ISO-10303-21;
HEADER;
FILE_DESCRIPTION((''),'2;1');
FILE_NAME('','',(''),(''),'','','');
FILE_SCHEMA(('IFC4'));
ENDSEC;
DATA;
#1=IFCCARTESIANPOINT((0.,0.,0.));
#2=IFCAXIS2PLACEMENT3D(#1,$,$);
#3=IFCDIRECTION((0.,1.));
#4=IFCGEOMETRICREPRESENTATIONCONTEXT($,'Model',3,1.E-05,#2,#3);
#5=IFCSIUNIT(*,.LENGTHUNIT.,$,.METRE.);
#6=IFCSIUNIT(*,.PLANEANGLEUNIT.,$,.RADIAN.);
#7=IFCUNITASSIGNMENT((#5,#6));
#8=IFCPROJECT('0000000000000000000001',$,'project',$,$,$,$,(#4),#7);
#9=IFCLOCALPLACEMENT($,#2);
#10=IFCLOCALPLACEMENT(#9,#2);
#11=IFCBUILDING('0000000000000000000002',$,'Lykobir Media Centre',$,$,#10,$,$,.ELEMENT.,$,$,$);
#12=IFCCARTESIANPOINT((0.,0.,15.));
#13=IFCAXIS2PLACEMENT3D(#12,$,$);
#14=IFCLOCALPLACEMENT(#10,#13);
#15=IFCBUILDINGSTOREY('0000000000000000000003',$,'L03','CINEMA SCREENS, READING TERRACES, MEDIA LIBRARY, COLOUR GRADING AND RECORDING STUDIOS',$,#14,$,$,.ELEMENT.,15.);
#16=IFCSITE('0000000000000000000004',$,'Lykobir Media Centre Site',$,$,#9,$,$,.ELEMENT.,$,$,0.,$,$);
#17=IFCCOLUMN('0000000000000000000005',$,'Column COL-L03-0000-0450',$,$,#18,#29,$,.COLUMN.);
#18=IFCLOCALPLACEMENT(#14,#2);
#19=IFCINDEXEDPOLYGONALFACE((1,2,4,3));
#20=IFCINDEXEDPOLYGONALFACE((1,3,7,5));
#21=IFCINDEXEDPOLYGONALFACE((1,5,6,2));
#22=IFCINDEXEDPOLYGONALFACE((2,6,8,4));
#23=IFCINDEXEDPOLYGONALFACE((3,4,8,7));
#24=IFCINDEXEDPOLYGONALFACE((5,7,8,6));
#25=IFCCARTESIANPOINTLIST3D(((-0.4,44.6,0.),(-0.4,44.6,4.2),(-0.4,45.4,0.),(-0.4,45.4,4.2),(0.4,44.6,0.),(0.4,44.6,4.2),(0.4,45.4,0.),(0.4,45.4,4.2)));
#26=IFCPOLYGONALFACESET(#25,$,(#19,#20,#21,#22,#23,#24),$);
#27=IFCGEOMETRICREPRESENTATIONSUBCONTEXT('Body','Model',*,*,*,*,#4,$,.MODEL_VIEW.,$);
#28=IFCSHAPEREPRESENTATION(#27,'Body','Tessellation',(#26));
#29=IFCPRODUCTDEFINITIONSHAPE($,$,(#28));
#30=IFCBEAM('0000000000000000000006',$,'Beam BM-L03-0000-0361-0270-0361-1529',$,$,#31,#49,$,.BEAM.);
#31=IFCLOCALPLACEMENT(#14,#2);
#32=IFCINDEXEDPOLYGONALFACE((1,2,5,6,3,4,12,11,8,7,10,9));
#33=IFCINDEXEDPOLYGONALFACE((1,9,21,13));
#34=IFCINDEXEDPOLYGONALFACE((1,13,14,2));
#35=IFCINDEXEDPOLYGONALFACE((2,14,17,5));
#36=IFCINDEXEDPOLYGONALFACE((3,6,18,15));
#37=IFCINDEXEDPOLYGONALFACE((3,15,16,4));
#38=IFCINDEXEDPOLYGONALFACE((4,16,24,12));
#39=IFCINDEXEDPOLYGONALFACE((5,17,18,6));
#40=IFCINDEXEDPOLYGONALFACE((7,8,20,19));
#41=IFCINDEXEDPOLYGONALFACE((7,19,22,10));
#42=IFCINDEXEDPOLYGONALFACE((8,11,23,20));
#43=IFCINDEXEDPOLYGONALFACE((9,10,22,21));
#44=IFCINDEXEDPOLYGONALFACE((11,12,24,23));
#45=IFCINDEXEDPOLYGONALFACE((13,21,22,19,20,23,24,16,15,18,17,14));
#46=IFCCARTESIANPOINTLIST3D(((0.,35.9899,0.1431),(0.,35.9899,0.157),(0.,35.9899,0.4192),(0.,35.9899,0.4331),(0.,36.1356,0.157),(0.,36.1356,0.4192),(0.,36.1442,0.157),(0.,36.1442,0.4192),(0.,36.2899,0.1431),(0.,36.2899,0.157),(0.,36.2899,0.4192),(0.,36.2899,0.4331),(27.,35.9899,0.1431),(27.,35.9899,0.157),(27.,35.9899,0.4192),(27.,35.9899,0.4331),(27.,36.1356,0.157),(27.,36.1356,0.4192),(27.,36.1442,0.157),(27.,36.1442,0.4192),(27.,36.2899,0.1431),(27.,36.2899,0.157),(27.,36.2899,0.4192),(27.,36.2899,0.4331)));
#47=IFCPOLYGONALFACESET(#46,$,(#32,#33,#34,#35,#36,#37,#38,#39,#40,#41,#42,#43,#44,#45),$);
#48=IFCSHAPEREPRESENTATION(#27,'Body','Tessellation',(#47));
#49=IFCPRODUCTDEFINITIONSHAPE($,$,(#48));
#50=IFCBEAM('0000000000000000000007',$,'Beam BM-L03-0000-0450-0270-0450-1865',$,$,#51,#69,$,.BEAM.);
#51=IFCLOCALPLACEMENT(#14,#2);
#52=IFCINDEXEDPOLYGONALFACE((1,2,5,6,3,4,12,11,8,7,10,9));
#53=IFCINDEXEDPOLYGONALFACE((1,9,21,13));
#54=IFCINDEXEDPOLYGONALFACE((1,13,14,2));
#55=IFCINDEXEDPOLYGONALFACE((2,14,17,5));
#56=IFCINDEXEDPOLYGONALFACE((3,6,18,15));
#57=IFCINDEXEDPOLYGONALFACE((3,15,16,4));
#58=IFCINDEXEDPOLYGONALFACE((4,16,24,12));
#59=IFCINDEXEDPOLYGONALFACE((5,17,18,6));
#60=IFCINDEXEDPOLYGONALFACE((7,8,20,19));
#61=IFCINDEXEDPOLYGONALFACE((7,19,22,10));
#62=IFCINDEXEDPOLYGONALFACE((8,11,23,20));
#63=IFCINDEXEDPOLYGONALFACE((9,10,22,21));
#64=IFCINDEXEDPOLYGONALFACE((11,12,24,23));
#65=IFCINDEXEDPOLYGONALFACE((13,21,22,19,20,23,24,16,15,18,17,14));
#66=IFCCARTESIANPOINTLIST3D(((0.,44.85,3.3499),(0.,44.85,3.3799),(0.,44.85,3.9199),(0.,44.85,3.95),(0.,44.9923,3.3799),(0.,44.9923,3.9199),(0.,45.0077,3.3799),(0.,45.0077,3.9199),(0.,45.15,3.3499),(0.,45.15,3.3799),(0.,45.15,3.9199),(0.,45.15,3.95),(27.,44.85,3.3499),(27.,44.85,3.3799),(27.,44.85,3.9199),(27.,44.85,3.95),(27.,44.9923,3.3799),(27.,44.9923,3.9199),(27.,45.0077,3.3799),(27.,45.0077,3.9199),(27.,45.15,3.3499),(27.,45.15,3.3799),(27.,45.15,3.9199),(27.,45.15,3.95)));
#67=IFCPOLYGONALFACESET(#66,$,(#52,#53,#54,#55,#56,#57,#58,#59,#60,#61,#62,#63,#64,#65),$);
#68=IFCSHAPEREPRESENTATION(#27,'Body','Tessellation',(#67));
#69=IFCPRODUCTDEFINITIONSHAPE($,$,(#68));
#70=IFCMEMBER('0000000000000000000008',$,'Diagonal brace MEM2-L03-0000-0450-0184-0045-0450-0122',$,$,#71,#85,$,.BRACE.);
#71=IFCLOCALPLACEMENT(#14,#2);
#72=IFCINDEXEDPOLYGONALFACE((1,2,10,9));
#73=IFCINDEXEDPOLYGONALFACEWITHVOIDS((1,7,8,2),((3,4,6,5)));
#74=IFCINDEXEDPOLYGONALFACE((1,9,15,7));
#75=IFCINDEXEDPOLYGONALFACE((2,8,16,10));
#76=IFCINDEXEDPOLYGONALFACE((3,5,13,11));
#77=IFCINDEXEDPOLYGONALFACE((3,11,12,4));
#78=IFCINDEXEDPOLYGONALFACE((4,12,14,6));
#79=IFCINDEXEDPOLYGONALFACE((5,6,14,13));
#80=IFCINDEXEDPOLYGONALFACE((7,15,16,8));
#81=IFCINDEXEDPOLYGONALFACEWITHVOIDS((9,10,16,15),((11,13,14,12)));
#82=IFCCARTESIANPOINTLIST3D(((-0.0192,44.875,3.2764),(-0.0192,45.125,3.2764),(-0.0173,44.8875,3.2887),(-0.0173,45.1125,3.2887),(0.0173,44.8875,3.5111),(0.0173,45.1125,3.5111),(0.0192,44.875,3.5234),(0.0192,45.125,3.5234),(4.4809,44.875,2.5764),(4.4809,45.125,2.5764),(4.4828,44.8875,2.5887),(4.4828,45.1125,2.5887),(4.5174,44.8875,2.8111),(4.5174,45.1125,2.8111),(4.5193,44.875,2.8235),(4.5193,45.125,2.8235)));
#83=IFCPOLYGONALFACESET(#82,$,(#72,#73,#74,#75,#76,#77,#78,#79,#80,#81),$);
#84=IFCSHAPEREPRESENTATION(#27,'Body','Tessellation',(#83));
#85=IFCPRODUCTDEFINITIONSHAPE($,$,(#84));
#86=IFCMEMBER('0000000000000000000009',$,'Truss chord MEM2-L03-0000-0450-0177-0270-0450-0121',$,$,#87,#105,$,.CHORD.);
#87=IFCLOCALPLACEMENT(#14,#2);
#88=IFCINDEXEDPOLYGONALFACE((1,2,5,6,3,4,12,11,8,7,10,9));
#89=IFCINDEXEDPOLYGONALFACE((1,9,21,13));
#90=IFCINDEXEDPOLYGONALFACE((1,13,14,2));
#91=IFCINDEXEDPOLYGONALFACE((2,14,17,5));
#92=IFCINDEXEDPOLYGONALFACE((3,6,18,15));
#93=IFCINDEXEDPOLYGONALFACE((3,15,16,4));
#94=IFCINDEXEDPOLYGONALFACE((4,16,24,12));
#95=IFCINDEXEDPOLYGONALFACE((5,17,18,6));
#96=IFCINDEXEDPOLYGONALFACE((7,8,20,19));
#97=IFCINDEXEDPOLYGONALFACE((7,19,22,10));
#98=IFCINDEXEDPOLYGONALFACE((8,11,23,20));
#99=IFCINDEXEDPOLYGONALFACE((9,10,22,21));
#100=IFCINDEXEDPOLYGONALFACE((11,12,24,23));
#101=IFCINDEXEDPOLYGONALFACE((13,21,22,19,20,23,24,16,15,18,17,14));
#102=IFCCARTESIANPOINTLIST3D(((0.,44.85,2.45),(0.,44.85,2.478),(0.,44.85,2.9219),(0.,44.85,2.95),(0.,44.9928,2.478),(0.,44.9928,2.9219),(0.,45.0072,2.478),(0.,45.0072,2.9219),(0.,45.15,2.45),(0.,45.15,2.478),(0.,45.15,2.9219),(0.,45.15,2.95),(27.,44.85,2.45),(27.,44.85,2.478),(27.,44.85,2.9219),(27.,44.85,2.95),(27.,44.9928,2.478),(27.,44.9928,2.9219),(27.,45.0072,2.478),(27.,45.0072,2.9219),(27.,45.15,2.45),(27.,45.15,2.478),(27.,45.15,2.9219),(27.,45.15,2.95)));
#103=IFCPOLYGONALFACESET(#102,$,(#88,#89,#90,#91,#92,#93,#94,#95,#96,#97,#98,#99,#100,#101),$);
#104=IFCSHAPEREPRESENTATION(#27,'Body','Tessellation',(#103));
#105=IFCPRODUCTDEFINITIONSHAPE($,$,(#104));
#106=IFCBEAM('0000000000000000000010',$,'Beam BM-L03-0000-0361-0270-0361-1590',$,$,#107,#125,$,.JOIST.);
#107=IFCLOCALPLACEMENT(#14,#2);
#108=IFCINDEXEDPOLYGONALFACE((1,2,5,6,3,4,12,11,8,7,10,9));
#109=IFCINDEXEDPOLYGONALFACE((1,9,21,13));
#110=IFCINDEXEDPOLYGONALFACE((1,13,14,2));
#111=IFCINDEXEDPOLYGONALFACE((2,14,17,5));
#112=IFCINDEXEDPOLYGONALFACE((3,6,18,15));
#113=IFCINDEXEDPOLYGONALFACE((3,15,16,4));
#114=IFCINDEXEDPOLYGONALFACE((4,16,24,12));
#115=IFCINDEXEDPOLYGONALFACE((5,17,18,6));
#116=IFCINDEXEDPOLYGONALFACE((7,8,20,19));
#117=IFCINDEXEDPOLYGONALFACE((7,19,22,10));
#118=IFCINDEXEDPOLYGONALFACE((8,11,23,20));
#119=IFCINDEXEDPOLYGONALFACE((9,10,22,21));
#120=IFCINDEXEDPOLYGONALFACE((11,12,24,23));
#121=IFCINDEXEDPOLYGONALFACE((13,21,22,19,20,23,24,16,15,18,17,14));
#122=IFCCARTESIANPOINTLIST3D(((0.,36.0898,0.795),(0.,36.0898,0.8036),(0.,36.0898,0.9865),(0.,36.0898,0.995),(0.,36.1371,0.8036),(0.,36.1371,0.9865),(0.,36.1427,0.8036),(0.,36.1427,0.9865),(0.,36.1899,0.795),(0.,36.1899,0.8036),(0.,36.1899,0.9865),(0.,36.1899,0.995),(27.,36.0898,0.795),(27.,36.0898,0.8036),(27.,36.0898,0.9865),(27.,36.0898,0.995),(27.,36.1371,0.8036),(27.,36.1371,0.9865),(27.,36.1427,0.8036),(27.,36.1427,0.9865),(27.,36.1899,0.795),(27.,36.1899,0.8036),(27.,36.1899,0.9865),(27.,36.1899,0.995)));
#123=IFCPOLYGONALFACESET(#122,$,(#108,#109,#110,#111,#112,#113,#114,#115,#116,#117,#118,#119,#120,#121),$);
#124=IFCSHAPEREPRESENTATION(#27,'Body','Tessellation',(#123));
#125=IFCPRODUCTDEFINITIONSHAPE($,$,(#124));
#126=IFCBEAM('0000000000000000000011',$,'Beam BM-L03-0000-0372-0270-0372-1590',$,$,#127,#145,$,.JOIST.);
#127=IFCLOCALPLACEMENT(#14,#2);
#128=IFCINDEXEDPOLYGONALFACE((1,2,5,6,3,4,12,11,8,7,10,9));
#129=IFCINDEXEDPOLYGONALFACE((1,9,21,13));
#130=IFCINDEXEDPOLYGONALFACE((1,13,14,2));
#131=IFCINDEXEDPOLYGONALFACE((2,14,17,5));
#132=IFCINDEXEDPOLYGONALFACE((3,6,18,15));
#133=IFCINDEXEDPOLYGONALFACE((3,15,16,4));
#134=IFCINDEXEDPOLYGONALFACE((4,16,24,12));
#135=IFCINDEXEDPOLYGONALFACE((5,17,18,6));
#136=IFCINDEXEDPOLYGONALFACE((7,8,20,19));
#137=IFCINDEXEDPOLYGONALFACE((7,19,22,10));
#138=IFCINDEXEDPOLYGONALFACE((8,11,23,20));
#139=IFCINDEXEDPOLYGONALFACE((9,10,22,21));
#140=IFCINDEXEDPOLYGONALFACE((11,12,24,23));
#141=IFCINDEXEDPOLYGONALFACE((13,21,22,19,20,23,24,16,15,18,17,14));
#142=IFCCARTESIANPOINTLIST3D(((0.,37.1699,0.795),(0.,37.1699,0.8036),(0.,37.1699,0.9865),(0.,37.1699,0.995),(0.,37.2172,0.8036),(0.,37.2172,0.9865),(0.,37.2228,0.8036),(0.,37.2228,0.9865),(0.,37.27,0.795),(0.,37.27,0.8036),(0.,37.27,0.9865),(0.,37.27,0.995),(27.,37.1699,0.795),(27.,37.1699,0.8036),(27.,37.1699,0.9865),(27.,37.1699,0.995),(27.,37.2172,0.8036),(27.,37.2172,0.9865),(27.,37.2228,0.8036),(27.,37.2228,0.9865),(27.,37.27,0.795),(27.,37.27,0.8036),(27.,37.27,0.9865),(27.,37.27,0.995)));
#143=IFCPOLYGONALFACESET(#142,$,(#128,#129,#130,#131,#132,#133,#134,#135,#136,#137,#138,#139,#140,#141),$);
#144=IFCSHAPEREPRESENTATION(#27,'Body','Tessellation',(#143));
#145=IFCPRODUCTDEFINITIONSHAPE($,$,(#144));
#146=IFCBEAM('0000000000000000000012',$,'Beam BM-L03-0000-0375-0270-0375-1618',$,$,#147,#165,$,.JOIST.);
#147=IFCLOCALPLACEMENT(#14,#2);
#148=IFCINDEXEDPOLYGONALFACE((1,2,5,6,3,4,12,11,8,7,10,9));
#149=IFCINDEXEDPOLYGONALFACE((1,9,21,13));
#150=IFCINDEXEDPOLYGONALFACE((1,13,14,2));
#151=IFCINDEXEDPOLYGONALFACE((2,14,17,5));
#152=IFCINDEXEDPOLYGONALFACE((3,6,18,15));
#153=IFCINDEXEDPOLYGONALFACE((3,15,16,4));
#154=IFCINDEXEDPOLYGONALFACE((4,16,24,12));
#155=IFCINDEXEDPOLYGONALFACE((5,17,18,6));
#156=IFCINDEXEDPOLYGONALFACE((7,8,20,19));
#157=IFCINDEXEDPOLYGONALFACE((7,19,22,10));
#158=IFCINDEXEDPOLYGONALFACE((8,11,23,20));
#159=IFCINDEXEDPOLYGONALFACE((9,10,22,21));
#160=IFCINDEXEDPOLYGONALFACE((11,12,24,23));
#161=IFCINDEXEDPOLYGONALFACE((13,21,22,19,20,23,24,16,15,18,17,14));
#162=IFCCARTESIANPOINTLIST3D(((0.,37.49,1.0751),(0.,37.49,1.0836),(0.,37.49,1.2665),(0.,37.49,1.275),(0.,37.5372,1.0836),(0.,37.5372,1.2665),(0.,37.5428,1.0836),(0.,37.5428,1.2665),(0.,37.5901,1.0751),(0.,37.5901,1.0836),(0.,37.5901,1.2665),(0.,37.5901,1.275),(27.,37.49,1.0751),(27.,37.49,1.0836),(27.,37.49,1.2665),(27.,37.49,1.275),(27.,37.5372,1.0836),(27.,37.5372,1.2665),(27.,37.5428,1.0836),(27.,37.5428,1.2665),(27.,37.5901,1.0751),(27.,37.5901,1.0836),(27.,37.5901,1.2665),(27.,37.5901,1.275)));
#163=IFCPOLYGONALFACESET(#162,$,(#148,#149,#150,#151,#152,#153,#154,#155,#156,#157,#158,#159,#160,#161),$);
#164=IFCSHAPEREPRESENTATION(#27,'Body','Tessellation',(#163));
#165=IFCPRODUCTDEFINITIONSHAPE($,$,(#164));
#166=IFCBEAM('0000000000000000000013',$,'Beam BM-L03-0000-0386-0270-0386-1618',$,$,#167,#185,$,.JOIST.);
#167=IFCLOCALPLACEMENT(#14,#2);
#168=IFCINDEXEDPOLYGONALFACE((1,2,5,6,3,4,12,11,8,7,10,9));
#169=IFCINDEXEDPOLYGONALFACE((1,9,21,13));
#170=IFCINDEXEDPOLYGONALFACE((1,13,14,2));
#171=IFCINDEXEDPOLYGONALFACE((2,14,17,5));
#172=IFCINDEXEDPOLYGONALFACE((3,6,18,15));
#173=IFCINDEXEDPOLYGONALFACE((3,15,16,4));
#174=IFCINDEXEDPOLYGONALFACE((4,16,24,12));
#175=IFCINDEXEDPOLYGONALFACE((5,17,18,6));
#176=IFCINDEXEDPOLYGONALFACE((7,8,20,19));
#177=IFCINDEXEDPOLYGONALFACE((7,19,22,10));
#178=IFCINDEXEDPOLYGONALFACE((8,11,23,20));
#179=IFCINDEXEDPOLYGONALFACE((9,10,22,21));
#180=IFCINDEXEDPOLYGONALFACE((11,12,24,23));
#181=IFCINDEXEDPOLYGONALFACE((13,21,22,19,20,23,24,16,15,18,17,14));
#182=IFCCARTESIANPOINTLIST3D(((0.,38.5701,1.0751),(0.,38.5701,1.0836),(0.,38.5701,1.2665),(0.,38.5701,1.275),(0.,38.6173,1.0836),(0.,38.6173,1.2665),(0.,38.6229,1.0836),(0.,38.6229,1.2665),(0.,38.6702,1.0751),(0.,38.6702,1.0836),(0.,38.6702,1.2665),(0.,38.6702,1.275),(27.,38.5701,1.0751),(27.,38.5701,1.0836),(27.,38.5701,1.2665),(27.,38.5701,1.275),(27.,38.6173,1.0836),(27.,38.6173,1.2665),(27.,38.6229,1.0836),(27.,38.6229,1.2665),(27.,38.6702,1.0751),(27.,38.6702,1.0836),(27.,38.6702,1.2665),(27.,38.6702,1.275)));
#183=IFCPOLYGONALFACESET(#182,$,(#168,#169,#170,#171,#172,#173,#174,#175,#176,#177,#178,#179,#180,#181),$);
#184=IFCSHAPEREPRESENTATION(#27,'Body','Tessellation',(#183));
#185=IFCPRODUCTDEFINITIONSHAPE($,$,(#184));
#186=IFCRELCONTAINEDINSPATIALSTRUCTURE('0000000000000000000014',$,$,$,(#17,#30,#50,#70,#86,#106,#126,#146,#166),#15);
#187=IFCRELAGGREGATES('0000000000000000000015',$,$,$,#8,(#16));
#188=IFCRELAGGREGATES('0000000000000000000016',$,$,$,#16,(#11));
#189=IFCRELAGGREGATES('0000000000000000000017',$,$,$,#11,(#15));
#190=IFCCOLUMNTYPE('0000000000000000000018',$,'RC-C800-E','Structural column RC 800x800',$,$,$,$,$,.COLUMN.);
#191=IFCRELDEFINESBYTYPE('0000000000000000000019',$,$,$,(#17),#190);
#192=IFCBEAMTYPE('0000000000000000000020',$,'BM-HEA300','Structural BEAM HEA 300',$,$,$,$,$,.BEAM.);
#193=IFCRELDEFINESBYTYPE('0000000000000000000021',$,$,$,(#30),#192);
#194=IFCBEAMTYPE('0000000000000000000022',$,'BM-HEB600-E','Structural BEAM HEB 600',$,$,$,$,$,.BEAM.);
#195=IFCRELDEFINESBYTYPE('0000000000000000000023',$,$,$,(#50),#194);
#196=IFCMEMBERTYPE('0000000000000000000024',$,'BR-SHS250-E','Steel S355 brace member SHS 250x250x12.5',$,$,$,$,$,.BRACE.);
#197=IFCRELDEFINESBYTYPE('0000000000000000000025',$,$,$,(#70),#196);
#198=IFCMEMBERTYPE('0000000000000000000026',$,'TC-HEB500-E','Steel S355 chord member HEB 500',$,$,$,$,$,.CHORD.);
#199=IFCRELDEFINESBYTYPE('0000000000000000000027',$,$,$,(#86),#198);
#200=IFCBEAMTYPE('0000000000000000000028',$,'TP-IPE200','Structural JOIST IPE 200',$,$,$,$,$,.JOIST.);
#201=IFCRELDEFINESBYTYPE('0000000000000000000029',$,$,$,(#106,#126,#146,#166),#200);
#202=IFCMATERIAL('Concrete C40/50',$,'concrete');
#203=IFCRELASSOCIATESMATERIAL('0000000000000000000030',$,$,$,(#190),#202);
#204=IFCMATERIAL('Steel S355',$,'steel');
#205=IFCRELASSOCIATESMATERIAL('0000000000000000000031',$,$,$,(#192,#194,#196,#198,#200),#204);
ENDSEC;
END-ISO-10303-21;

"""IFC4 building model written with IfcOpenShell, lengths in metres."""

from ifc_helpers import new_model, si_unit, direction, frame, origin, origin_2d, place, context, subcontext, project, spatial, rectangle, hollow_rectangle, i_section, extrude, material, material_profile, profile_set, type_object, element, save


model = new_model("IFC4")

# Units and contexts
model_context = context("Model", 3, precision=1e-05, world=origin(), true_north=direction((0.0, 1.0)))
body_context = subcontext(model_context, "Body", "Model", "MODEL_VIEW")
ifc_project = project(units=[si_unit("LENGTHUNIT", "METRE"), si_unit("PLANEANGLEUNIT", "RADIAN")], contexts=[model_context])

# Site, building, storey
site_placement = place(None, origin())
site = spatial("IfcSite", under=ifc_project, at=site_placement, Name="Lykobir Media Centre Site", CompositionType="ELEMENT", RefElevation=0.0)
building_placement = place(site_placement, origin())
building = spatial("IfcBuilding", under=site, at=building_placement, Name="Lykobir Media Centre", CompositionType="ELEMENT")
storey_placement = place(building_placement, frame((0.0, 0.0, 15.0)))
storey = spatial("IfcBuildingStorey", under=building, at=storey_placement, Name="L03", Description="CINEMA SCREENS, READING TERRACES, MEDIA LIBRARY, COLOUR GRADING AND RECORDING STUDIOS", CompositionType="ELEMENT", Elevation=15.0)

# Column
ifc_material_1 = material(Name="Concrete C40/50", Category="concrete")
ifc_material_profile_1 = material_profile(ifc_material_1, rectangle(XDim=0.8, YDim=0.8, at=origin_2d()), Name="RC 800x800")
ifc_profile_set_1 = profile_set([ifc_material_profile_1], Name="Concrete C40/50")
column_type = type_object("IfcColumnType", Name="RC-C800-E", Description="Structural column RC 800x800", PredefinedType="COLUMN", material=ifc_profile_set_1)
column_placement = place(storey_placement, frame((0.0, 45.0, 0.0), z_axis=(0.0, 0.0, 1.0), x_axis=(1.0, 0.0, 0.0)))
element("IfcColumn", 1, at=column_placement, inside=storey, type_object=column_type, Name="Column COL-L03-0000-0450", PredefinedType="COLUMN", context=body_context, shape_type="SweptSolid", body=[
    extrude(rectangle(XDim=0.8, YDim=0.8, at=origin_2d()), origin(), (0.0, 0.0, 1.0), 4.2),
])

# Beams
ifc_material_2 = material(Name="Steel S355", Category="steel")
ifc_material_profile_2 = material_profile(ifc_material_2, i_section(OverallWidth=0.3, OverallDepth=0.29, WebThickness=0.0085, FlangeThickness=0.0139, at=origin_2d()), Name="HEA 300")
ifc_profile_set_2 = profile_set([ifc_material_profile_2], Name="Steel S355")
beam_type_1 = type_object("IfcBeamType", Name="BM-HEA300", Description="Structural BEAM HEA 300", PredefinedType="BEAM", material=ifc_profile_set_2)
beam_1_placement = place(storey_placement, frame((0.0, 36.1399, 0.2881), z_axis=(1.0, 0.0, 0.0), x_axis=(0.0, 1.0, 0.0)))
element("IfcBeam", 2, at=beam_1_placement, inside=storey, type_object=beam_type_1, Name="Beam BM-L03-0000-0361-0270-0361-1529", PredefinedType="BEAM", context=body_context, shape_type="SweptSolid", body=[
    extrude(i_section(OverallWidth=0.3, OverallDepth=0.29, WebThickness=0.0085, FlangeThickness=0.0139, at=origin_2d()), origin(), (0.0, 0.0, 1.0), 27.0),
])
ifc_material_profile_3 = material_profile(ifc_material_2, i_section(OverallWidth=0.3, OverallDepth=0.6001, WebThickness=0.0154, FlangeThickness=0.03, at=origin_2d()), Name="HEB 600")
ifc_profile_set_3 = profile_set([ifc_material_profile_3], Name="Steel S355")
beam_type_2 = type_object("IfcBeamType", Name="BM-HEB600-E", Description="Structural BEAM HEB 600", PredefinedType="BEAM", material=ifc_profile_set_3)
beam_2_placement = place(storey_placement, frame((0.0, 45.0, 3.6499), z_axis=(1.0, 0.0, 0.0), x_axis=(0.0, 1.0, 0.0)))
element("IfcBeam", 3, at=beam_2_placement, inside=storey, type_object=beam_type_2, Name="Beam BM-L03-0000-0450-0270-0450-1865", PredefinedType="BEAM", context=body_context, shape_type="SweptSolid", body=[
    extrude(i_section(OverallWidth=0.3, OverallDepth=0.6001, WebThickness=0.0154, FlangeThickness=0.03, at=origin_2d()), origin(), (0.0, 0.0, 1.0), 27.0),
])

# Members
ifc_material_profile_4 = material_profile(ifc_material_2, hollow_rectangle(XDim=0.25, YDim=0.25, WallThickness=0.0125, at=origin_2d()), Name="SHS 250x250x12.5")
ifc_profile_set_4 = profile_set([ifc_material_profile_4], Name="Steel S355")
member_type_1 = type_object("IfcMemberType", Name="BR-SHS250-E", Description="Steel S355 brace member SHS 250x250x12.5", PredefinedType="BRACE", material=ifc_profile_set_4)
member_1_placement = place(storey_placement, frame((0.0, 45.0, 3.3999), z_axis=(0.988118, 0.0, -0.153697), x_axis=(0.0, 1.0, 0.0)))
element("IfcMember", 4, at=member_1_placement, inside=storey, type_object=member_type_1, Name="Diagonal brace MEM2-L03-0000-0450-0184-0045-0450-0122", PredefinedType="BRACE", context=body_context, shape_type="SweptSolid", body=[
    extrude(hollow_rectangle(XDim=0.25, YDim=0.25, WallThickness=0.0125, at=origin_2d()), origin(), (0.0, 0.0, 1.0), 4.5542),
])
ifc_material_profile_5 = material_profile(ifc_material_2, i_section(OverallWidth=0.3, OverallDepth=0.5, WebThickness=0.0144, FlangeThickness=0.0281, at=origin_2d()), Name="HEB 500")
ifc_profile_set_5 = profile_set([ifc_material_profile_5], Name="Steel S355")
member_type_2 = type_object("IfcMemberType", Name="TC-HEB500-E", Description="Steel S355 chord member HEB 500", PredefinedType="CHORD", material=ifc_profile_set_5)
member_2_placement = place(storey_placement, frame((0.0, 45.0, 2.7), z_axis=(1.0, 0.0, 0.0), x_axis=(0.0, 1.0, 0.0)))
element("IfcMember", 5, at=member_2_placement, inside=storey, type_object=member_type_2, Name="Truss chord MEM2-L03-0000-0450-0177-0270-0450-0121", PredefinedType="CHORD", context=body_context, shape_type="SweptSolid", body=[
    extrude(i_section(OverallWidth=0.3, OverallDepth=0.5, WebThickness=0.0144, FlangeThickness=0.0281, at=origin_2d()), origin(), (0.0, 0.0, 1.0), 27.0),
])

# Beams
ifc_material_profile_6 = material_profile(ifc_material_2, i_section(OverallWidth=0.1001, OverallDepth=0.2, WebThickness=0.0056, FlangeThickness=0.0085, at=origin_2d()), Name="IPE 200")
ifc_profile_set_6 = profile_set([ifc_material_profile_6], Name="Steel S355")
beam_type_3 = type_object("IfcBeamType", Name="TP-IPE200", Description="Structural JOIST IPE 200", PredefinedType="JOIST", material=ifc_profile_set_6)
for number, where, z_axis, x_axis, name in (
    (6, (0.0, 36.1399, 0.895), (1.0, 0.0, 0.0), (0.0, 1.0, 0.0), "Beam BM-L03-0000-0361-0270-0361-1590"),
    (7, (0.0, 37.22, 0.895), (1.0, 0.0, 0.0), (0.0, 1.0, 0.0), "Beam BM-L03-0000-0372-0270-0372-1590"),
    (8, (0.0, 37.54, 1.175), (1.0, 0.0, 0.0), (0.0, 1.0, 0.0), "Beam BM-L03-0000-0375-0270-0375-1618"),
    (9, (0.0, 38.6201, 1.175), (1.0, 0.0, 0.0), (0.0, 1.0, 0.0), "Beam BM-L03-0000-0386-0270-0386-1618"),
):
    element("IfcBeam", number, at=place(storey_placement, frame(where, z_axis=z_axis, x_axis=x_axis)), inside=storey, type_object=beam_type_3, Name=name, PredefinedType="JOIST", context=body_context, shape_type="SweptSolid", body=[
        extrude(i_section(OverallWidth=0.1001, OverallDepth=0.2, WebThickness=0.0056, FlangeThickness=0.0085, at=origin_2d()), origin(), (0.0, 0.0, 1.0), 27.0),
    ])

save(model, "model.ifc")
